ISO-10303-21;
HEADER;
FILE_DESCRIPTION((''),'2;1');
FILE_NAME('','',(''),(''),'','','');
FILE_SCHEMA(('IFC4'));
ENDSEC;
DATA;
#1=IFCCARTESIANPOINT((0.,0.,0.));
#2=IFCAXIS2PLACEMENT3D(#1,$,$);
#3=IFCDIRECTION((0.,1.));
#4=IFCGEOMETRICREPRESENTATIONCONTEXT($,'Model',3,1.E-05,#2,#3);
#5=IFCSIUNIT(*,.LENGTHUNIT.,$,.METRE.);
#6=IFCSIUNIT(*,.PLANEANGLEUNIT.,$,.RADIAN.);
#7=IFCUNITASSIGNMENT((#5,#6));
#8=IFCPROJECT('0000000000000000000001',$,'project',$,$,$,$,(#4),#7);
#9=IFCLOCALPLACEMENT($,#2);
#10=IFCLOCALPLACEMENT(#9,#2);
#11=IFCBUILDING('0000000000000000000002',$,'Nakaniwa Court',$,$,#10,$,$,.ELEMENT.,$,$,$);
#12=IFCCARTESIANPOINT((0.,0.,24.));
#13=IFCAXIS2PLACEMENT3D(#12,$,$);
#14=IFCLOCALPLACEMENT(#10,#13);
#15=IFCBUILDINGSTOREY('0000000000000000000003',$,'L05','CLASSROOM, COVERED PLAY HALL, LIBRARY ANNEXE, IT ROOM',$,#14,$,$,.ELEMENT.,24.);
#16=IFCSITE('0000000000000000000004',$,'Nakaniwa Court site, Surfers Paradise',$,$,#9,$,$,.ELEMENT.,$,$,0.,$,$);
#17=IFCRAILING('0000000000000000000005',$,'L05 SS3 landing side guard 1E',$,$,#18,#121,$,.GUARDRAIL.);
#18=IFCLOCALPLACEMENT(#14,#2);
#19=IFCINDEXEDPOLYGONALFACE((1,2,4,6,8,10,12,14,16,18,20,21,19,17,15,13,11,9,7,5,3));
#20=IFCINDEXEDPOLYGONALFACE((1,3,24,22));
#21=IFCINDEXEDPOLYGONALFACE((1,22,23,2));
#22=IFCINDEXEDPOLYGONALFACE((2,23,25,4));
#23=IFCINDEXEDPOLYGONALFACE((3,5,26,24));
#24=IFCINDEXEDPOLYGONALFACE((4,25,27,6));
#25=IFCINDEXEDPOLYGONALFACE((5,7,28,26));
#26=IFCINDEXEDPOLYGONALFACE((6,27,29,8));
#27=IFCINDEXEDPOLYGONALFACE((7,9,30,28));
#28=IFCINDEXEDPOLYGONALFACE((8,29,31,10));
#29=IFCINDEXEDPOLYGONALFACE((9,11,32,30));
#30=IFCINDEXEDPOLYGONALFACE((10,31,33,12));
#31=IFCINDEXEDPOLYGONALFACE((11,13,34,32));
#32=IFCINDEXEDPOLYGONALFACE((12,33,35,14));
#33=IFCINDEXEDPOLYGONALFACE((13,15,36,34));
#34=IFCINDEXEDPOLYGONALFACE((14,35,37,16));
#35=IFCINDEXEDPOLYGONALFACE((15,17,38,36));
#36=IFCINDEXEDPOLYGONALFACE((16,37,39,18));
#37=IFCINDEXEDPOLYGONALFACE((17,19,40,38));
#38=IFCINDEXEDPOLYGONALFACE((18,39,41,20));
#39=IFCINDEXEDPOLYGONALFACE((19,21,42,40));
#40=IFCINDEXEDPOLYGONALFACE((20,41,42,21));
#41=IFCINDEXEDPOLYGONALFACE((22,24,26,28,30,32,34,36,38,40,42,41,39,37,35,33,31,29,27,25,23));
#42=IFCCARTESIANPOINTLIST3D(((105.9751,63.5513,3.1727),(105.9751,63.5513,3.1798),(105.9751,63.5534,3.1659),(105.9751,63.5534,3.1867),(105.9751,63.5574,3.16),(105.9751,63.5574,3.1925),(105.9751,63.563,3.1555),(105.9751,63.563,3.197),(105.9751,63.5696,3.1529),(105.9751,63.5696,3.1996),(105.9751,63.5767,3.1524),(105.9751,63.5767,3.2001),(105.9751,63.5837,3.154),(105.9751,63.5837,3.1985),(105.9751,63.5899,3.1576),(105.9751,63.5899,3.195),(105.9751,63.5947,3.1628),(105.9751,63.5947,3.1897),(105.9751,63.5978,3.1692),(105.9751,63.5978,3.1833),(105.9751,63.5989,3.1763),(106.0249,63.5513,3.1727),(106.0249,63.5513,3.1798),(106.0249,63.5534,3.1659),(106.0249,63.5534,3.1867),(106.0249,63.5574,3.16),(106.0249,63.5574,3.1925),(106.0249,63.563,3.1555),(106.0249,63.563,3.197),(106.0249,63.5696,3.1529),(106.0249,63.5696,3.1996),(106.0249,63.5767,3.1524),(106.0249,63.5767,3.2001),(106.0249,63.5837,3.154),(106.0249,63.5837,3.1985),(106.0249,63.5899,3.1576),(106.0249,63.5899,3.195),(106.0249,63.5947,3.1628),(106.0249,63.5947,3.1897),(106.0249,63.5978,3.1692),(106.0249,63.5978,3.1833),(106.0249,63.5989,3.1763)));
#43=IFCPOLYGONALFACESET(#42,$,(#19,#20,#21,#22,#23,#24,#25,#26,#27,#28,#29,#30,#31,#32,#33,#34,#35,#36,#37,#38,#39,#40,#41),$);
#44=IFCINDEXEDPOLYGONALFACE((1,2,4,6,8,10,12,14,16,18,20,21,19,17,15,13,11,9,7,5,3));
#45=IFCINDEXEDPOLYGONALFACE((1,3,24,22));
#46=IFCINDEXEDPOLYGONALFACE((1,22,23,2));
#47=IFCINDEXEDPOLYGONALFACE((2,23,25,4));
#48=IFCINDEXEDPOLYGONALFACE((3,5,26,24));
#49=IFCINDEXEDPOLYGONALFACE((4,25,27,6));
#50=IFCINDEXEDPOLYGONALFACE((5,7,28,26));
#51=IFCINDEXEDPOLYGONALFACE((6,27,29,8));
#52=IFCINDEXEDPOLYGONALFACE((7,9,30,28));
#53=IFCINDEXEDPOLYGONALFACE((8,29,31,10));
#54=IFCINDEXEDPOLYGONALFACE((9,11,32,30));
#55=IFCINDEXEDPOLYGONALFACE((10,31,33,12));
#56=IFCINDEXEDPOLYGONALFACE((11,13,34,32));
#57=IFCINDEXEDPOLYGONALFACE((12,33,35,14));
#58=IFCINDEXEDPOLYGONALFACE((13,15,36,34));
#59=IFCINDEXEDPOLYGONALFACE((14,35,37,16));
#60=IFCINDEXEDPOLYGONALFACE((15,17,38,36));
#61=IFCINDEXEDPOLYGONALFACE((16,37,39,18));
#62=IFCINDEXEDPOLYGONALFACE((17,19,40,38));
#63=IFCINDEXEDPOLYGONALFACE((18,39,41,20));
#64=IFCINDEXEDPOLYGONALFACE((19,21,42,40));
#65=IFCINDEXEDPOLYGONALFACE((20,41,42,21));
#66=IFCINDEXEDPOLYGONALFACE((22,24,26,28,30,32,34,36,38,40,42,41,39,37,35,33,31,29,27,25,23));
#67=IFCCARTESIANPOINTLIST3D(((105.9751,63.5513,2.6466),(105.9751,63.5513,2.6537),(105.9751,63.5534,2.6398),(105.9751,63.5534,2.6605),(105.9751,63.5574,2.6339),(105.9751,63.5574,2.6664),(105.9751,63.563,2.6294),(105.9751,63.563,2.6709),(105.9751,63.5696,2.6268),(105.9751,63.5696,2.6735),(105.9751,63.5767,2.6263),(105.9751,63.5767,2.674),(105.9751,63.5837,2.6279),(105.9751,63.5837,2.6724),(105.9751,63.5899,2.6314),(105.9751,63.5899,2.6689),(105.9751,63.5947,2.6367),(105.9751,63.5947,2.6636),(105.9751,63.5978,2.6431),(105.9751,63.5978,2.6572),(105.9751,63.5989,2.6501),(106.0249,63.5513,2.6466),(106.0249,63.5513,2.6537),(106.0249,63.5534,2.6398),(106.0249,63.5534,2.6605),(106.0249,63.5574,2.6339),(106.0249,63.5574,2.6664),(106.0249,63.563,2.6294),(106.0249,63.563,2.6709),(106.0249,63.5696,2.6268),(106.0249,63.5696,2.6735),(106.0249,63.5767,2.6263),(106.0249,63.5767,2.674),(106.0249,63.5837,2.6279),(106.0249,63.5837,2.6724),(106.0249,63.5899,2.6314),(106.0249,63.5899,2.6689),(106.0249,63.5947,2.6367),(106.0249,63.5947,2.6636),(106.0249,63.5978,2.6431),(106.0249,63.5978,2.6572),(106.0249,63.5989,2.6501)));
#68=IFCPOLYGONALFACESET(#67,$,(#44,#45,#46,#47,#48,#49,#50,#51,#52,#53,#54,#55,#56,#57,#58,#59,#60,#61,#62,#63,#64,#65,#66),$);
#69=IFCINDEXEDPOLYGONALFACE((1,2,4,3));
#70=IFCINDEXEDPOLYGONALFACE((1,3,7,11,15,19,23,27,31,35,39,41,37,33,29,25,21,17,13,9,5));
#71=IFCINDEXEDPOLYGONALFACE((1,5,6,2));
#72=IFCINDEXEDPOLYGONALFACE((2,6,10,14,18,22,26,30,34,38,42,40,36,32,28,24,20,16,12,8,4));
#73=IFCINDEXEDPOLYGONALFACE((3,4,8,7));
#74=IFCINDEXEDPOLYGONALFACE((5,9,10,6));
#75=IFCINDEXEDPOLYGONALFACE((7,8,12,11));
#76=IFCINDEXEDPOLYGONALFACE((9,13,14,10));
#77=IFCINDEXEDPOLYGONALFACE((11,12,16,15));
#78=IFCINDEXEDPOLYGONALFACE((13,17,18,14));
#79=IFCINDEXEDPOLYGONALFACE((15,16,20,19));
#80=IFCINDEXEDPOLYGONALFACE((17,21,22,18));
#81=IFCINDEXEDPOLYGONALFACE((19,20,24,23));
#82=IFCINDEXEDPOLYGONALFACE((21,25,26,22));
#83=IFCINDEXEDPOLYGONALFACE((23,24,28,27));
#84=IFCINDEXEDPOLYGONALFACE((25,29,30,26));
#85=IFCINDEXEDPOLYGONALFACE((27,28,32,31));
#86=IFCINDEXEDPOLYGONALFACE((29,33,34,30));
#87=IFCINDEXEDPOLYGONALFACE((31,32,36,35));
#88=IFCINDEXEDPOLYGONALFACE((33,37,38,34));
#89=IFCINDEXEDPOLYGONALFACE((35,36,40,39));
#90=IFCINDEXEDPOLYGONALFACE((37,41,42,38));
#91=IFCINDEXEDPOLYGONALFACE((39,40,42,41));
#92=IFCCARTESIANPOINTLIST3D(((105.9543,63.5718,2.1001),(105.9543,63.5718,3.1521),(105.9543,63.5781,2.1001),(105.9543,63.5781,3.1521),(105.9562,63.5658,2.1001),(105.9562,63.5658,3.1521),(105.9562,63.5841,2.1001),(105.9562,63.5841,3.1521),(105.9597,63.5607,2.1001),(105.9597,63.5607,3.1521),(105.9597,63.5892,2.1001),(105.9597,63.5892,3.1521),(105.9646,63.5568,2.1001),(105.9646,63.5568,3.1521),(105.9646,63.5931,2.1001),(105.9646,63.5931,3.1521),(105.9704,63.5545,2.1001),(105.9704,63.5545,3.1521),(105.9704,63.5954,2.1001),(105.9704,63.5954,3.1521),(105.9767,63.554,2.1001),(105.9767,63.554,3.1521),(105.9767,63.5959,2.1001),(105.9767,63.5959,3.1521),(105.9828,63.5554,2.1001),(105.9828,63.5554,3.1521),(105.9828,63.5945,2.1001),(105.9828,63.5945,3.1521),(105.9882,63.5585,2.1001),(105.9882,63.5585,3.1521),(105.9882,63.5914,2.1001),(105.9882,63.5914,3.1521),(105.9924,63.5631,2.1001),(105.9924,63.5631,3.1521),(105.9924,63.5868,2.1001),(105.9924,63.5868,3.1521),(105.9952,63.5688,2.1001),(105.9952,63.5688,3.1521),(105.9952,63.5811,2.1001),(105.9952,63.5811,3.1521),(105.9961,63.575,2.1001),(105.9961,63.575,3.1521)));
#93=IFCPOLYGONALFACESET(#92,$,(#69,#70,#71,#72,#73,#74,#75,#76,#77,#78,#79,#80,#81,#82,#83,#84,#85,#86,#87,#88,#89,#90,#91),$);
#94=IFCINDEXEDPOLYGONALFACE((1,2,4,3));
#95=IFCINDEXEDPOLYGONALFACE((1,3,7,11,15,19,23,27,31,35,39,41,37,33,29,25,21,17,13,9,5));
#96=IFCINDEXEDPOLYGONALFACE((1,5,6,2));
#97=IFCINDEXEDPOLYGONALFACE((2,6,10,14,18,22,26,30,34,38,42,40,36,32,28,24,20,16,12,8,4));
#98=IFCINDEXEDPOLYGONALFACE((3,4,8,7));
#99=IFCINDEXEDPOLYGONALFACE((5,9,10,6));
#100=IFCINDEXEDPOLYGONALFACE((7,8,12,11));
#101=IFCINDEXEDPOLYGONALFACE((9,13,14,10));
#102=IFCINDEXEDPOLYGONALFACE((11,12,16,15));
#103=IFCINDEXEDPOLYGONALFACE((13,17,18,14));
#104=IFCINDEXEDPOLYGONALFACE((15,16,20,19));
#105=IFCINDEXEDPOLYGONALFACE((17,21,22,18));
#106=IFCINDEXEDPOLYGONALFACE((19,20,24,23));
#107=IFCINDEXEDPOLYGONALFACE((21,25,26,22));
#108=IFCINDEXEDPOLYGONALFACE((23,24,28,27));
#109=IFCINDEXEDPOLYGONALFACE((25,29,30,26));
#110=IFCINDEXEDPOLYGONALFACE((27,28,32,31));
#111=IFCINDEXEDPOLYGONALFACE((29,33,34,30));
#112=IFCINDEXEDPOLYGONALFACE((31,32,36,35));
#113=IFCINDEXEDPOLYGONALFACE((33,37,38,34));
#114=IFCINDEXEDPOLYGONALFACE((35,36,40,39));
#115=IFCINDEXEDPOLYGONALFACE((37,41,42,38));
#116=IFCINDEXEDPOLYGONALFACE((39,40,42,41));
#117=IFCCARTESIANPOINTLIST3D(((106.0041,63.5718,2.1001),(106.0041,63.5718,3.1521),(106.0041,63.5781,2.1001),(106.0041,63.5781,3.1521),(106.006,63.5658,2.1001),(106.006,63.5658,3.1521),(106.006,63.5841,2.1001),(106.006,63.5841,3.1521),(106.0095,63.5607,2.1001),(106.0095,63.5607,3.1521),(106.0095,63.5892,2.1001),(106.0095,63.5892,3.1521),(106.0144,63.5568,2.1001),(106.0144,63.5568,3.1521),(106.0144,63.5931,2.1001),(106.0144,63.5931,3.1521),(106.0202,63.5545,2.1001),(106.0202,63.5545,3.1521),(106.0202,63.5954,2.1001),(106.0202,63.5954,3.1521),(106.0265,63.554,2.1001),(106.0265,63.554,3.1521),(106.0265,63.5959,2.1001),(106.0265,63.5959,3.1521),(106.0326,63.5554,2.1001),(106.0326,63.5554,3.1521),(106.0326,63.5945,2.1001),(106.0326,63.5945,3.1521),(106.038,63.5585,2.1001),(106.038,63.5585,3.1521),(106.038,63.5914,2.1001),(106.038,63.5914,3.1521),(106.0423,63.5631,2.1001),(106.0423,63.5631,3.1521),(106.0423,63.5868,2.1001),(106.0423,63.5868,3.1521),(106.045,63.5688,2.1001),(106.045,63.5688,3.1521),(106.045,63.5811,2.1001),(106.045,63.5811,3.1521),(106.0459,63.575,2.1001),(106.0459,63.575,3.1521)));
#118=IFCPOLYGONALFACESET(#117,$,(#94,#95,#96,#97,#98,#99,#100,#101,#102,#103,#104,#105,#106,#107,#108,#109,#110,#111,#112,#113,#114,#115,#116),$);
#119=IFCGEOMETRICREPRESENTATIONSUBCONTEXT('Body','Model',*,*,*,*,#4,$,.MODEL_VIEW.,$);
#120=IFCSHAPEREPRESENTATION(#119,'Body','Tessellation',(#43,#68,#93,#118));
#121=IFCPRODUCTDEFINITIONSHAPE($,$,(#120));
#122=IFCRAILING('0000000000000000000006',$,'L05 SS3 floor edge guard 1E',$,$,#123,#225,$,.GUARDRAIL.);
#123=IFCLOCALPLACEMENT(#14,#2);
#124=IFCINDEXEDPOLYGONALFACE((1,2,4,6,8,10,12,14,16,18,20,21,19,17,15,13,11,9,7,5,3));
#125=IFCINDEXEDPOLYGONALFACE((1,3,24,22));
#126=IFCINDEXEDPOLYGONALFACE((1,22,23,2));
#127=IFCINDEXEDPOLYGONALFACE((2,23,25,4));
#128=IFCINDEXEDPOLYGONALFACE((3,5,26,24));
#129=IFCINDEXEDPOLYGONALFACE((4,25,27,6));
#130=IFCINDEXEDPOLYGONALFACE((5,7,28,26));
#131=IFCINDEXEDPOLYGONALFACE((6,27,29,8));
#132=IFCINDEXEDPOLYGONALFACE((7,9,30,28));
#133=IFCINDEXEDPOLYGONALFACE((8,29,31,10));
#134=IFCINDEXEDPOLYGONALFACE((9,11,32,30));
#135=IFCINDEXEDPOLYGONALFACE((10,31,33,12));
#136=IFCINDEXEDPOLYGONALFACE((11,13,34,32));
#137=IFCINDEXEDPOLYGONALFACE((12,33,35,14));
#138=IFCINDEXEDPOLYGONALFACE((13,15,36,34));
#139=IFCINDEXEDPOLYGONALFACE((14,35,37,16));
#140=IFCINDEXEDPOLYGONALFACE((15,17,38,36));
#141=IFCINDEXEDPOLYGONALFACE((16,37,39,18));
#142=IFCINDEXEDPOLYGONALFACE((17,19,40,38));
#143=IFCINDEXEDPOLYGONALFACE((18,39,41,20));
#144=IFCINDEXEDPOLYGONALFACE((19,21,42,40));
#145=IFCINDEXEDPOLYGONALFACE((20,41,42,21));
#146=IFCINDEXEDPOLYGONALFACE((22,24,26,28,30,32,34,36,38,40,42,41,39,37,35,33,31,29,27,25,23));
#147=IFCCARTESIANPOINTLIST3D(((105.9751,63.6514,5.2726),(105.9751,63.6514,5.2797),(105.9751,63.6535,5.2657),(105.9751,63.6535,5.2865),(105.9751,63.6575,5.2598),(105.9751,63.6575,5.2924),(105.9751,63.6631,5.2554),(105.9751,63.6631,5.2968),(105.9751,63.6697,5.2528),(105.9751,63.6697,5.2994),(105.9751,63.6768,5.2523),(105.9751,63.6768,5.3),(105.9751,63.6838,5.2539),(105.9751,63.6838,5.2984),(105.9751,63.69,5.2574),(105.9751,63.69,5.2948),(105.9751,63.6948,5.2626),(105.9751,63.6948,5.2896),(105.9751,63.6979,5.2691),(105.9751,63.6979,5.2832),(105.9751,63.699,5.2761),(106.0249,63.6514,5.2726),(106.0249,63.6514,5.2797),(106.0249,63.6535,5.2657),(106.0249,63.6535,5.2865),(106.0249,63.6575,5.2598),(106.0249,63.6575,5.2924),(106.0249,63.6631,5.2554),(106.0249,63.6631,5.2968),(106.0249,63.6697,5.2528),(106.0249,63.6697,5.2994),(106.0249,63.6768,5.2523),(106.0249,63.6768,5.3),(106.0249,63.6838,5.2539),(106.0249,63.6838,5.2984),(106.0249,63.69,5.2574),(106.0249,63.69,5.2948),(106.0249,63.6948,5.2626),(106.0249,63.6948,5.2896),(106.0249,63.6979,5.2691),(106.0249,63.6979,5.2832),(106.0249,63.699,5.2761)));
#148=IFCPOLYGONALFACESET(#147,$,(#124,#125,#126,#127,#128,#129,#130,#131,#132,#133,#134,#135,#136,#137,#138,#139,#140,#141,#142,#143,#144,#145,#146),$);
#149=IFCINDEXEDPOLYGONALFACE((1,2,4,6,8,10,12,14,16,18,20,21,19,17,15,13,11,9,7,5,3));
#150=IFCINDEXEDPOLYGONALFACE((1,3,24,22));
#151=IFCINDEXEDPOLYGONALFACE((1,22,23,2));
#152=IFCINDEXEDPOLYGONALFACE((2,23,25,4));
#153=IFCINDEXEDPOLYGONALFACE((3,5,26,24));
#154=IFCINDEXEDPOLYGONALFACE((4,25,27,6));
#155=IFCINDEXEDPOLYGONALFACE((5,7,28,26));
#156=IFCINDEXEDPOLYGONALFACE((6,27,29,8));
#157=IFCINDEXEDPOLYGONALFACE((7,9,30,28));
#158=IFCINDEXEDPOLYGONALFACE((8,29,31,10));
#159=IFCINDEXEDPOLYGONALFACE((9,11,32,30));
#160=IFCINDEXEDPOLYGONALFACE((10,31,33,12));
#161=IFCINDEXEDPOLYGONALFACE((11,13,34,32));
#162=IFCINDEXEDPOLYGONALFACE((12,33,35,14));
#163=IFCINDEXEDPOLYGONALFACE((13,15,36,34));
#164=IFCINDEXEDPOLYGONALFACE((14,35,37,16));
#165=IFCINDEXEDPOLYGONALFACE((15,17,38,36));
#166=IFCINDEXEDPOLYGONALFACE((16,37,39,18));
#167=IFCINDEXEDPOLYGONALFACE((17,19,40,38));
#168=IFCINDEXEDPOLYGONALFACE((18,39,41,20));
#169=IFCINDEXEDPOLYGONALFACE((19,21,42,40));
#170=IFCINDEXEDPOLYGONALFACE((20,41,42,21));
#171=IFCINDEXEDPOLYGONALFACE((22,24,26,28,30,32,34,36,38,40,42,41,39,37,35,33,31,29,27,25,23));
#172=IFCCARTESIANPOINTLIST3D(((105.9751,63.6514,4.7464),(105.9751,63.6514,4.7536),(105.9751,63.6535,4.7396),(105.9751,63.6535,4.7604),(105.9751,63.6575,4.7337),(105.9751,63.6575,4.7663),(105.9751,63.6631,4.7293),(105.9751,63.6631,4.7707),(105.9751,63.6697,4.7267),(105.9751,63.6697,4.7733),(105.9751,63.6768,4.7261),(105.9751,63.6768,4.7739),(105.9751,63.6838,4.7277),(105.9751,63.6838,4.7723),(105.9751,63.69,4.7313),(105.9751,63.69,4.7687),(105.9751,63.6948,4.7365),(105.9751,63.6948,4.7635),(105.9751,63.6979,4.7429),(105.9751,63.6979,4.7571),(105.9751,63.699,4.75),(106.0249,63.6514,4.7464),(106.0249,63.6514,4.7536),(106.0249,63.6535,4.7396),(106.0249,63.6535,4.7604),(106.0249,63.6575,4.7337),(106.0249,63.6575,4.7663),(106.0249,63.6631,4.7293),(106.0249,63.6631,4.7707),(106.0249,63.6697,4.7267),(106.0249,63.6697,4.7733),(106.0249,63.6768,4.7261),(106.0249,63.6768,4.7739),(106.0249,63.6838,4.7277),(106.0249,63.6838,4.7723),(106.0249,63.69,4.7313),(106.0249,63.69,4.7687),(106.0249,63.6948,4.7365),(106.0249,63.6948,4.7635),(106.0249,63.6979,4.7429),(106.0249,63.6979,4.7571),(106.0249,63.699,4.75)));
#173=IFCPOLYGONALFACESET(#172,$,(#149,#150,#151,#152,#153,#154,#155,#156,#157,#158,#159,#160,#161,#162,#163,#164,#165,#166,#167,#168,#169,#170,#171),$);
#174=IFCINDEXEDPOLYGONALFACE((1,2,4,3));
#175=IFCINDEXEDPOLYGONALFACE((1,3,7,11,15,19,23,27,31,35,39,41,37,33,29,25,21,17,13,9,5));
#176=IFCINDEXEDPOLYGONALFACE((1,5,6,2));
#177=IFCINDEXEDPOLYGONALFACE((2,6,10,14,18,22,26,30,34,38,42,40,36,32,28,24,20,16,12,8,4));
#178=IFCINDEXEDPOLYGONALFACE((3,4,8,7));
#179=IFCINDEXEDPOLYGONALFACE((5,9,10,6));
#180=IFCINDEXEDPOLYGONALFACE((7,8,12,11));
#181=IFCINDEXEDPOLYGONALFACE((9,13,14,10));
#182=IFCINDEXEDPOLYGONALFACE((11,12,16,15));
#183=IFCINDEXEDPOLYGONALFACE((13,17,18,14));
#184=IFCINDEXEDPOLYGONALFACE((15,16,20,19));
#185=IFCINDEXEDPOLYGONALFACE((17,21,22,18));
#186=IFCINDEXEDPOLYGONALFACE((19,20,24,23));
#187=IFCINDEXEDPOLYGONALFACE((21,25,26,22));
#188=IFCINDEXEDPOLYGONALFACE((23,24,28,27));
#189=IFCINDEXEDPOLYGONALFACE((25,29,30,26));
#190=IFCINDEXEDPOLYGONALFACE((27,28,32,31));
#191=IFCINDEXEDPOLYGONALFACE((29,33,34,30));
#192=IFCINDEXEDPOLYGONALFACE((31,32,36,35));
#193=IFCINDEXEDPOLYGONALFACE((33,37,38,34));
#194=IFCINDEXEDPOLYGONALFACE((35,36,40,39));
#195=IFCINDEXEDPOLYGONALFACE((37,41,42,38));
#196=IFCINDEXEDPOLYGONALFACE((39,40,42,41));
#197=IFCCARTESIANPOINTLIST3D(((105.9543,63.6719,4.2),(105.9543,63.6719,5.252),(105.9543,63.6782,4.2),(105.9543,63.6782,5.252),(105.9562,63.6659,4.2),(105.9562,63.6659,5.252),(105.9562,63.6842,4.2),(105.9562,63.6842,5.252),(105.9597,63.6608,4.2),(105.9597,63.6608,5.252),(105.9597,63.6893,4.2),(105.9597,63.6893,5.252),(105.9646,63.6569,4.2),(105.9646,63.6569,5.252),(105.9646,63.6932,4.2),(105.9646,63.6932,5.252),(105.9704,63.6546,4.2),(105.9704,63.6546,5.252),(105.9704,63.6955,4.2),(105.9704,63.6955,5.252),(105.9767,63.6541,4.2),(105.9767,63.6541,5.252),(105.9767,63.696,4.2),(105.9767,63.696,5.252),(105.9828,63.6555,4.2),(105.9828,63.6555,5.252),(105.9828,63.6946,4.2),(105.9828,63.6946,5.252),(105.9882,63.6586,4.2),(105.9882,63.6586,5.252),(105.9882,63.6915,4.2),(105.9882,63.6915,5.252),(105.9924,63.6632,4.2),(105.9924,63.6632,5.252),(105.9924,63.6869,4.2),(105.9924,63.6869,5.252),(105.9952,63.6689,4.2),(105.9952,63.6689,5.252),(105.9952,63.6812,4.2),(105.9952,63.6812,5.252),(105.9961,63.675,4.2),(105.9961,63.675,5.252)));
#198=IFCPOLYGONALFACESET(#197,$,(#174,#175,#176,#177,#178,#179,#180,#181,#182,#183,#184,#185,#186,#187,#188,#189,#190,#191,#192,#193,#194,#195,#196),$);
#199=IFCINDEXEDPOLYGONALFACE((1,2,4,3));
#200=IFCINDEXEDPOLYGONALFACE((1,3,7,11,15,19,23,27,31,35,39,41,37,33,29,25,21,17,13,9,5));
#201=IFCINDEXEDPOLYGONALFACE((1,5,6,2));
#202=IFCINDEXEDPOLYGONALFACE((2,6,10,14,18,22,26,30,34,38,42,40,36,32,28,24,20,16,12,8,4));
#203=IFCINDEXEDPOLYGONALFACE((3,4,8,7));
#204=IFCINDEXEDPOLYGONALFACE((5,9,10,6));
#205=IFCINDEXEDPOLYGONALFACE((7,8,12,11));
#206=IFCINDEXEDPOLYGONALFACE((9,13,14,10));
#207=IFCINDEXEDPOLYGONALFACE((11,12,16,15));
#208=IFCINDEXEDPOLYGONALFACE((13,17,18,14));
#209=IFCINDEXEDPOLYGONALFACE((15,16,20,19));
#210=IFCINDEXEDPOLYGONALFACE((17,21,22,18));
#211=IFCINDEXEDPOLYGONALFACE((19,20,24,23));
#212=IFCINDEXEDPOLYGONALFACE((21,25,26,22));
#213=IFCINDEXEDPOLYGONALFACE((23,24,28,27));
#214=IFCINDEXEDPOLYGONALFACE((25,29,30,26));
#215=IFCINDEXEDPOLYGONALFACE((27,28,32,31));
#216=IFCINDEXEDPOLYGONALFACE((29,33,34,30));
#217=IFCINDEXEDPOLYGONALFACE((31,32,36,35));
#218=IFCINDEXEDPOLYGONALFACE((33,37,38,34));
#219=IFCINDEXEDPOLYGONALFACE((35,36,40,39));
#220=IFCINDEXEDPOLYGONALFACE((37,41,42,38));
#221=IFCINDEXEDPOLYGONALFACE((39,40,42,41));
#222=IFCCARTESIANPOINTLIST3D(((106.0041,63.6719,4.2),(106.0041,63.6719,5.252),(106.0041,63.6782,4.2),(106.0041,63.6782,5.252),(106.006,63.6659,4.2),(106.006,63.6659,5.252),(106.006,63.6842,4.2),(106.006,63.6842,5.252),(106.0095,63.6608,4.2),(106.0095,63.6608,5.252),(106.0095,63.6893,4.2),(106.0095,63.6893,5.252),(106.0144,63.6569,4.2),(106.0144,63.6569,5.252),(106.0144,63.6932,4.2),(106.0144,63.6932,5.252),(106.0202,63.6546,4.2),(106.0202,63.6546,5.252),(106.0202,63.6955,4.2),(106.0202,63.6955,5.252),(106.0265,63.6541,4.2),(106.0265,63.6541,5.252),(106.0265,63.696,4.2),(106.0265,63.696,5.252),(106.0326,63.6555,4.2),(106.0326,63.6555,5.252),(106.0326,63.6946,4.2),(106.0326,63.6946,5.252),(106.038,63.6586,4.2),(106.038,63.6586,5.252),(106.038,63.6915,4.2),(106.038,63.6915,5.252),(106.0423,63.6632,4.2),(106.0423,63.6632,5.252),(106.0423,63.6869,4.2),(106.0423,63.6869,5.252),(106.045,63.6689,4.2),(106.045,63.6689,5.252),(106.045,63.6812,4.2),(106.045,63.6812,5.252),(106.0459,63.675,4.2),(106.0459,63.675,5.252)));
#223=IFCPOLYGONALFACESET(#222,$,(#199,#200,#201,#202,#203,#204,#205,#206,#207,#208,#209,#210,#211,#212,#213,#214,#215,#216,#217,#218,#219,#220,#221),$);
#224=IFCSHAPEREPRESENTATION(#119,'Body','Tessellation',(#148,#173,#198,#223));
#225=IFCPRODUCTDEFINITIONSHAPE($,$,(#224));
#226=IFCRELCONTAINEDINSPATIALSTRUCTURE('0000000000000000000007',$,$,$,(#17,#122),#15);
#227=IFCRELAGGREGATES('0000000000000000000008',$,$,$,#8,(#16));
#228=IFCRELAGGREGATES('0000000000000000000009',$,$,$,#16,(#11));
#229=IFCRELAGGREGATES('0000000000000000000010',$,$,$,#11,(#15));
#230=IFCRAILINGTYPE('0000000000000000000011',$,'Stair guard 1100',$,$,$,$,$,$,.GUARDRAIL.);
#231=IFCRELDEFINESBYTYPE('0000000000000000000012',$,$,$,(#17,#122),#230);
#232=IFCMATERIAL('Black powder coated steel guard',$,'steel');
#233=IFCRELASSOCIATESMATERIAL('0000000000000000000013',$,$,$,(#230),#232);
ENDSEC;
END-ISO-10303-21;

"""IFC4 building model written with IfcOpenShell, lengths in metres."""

from ifc_helpers import new_model, si_unit, direction, frame, origin, origin_2d, place, context, subcontext, project, spatial, circle, extrude, material, type_object, element, save


model = new_model("IFC4")

# Units and contexts
model_context = context("Model", 3, precision=1e-05, world=origin(), true_north=direction((0.0, 1.0)))
body_context = subcontext(model_context, "Body", "Model", "MODEL_VIEW")
ifc_project = project(units=[si_unit("LENGTHUNIT", "METRE"), si_unit("PLANEANGLEUNIT", "RADIAN")], contexts=[model_context])

# Site, building, storey
site_placement = place(None, origin())
site = spatial("IfcSite", under=ifc_project, at=site_placement, Name="Nakaniwa Court site, Surfers Paradise", CompositionType="ELEMENT", RefElevation=0.0)
building_placement = place(site_placement, origin())
building = spatial("IfcBuilding", under=site, at=building_placement, Name="Nakaniwa Court", CompositionType="ELEMENT")
storey_placement = place(building_placement, frame((0.0, 0.0, 24.0)))
storey = spatial("IfcBuildingStorey", under=building, at=storey_placement, Name="L05", Description="CLASSROOM, COVERED PLAY HALL, LIBRARY ANNEXE, IT ROOM", CompositionType="ELEMENT", Elevation=24.0)

# Railings
ifc_material_1 = material(Name="Black powder coated steel guard", Category="steel")
railing_type_1 = type_object("IfcRailingType", Name="Stair guard 1100", PredefinedType="GUARDRAIL", material=ifc_material_1)
for number, where, name in (
    (1, (105.9751, 63.575, 2.1001), "L05 SS3 landing side guard 1E"),
    (2, (105.9751, 63.675, 4.2), "L05 SS3 floor edge guard 1E"),
):
    element("IfcRailing", number, at=place(storey_placement, frame(where)), inside=storey, type_object=railing_type_1, Name=name, PredefinedType="GUARDRAIL", context=body_context, shape_type="SweptSolid", body=[
        extrude(circle(Radius=0.0239, at=origin_2d()), frame((0.0, 0.0, 1.0762), z_axis=(1.0, 0.0, 0.0), x_axis=(0.0, 1.0, 0.0)), (0.0, 0.0, 1.0), 0.0498),
        extrude(circle(Radius=0.0239, at=origin_2d()), frame((0.0, 0.0, 0.55), z_axis=(1.0, 0.0, 0.0), x_axis=(0.0, 1.0, 0.0)), (0.0, 0.0, 1.0), 0.0498),
        extrude(circle(Radius=0.021, at=origin_2d()), origin(), (0.0, 0.0, 1.0), 1.052),
        extrude(circle(Radius=0.021, at=origin_2d()), frame((0.0498, 0.0, 0.0)), (0.0, 0.0, 1.0), 1.052),
    ])

save(model, "model.ifc")
